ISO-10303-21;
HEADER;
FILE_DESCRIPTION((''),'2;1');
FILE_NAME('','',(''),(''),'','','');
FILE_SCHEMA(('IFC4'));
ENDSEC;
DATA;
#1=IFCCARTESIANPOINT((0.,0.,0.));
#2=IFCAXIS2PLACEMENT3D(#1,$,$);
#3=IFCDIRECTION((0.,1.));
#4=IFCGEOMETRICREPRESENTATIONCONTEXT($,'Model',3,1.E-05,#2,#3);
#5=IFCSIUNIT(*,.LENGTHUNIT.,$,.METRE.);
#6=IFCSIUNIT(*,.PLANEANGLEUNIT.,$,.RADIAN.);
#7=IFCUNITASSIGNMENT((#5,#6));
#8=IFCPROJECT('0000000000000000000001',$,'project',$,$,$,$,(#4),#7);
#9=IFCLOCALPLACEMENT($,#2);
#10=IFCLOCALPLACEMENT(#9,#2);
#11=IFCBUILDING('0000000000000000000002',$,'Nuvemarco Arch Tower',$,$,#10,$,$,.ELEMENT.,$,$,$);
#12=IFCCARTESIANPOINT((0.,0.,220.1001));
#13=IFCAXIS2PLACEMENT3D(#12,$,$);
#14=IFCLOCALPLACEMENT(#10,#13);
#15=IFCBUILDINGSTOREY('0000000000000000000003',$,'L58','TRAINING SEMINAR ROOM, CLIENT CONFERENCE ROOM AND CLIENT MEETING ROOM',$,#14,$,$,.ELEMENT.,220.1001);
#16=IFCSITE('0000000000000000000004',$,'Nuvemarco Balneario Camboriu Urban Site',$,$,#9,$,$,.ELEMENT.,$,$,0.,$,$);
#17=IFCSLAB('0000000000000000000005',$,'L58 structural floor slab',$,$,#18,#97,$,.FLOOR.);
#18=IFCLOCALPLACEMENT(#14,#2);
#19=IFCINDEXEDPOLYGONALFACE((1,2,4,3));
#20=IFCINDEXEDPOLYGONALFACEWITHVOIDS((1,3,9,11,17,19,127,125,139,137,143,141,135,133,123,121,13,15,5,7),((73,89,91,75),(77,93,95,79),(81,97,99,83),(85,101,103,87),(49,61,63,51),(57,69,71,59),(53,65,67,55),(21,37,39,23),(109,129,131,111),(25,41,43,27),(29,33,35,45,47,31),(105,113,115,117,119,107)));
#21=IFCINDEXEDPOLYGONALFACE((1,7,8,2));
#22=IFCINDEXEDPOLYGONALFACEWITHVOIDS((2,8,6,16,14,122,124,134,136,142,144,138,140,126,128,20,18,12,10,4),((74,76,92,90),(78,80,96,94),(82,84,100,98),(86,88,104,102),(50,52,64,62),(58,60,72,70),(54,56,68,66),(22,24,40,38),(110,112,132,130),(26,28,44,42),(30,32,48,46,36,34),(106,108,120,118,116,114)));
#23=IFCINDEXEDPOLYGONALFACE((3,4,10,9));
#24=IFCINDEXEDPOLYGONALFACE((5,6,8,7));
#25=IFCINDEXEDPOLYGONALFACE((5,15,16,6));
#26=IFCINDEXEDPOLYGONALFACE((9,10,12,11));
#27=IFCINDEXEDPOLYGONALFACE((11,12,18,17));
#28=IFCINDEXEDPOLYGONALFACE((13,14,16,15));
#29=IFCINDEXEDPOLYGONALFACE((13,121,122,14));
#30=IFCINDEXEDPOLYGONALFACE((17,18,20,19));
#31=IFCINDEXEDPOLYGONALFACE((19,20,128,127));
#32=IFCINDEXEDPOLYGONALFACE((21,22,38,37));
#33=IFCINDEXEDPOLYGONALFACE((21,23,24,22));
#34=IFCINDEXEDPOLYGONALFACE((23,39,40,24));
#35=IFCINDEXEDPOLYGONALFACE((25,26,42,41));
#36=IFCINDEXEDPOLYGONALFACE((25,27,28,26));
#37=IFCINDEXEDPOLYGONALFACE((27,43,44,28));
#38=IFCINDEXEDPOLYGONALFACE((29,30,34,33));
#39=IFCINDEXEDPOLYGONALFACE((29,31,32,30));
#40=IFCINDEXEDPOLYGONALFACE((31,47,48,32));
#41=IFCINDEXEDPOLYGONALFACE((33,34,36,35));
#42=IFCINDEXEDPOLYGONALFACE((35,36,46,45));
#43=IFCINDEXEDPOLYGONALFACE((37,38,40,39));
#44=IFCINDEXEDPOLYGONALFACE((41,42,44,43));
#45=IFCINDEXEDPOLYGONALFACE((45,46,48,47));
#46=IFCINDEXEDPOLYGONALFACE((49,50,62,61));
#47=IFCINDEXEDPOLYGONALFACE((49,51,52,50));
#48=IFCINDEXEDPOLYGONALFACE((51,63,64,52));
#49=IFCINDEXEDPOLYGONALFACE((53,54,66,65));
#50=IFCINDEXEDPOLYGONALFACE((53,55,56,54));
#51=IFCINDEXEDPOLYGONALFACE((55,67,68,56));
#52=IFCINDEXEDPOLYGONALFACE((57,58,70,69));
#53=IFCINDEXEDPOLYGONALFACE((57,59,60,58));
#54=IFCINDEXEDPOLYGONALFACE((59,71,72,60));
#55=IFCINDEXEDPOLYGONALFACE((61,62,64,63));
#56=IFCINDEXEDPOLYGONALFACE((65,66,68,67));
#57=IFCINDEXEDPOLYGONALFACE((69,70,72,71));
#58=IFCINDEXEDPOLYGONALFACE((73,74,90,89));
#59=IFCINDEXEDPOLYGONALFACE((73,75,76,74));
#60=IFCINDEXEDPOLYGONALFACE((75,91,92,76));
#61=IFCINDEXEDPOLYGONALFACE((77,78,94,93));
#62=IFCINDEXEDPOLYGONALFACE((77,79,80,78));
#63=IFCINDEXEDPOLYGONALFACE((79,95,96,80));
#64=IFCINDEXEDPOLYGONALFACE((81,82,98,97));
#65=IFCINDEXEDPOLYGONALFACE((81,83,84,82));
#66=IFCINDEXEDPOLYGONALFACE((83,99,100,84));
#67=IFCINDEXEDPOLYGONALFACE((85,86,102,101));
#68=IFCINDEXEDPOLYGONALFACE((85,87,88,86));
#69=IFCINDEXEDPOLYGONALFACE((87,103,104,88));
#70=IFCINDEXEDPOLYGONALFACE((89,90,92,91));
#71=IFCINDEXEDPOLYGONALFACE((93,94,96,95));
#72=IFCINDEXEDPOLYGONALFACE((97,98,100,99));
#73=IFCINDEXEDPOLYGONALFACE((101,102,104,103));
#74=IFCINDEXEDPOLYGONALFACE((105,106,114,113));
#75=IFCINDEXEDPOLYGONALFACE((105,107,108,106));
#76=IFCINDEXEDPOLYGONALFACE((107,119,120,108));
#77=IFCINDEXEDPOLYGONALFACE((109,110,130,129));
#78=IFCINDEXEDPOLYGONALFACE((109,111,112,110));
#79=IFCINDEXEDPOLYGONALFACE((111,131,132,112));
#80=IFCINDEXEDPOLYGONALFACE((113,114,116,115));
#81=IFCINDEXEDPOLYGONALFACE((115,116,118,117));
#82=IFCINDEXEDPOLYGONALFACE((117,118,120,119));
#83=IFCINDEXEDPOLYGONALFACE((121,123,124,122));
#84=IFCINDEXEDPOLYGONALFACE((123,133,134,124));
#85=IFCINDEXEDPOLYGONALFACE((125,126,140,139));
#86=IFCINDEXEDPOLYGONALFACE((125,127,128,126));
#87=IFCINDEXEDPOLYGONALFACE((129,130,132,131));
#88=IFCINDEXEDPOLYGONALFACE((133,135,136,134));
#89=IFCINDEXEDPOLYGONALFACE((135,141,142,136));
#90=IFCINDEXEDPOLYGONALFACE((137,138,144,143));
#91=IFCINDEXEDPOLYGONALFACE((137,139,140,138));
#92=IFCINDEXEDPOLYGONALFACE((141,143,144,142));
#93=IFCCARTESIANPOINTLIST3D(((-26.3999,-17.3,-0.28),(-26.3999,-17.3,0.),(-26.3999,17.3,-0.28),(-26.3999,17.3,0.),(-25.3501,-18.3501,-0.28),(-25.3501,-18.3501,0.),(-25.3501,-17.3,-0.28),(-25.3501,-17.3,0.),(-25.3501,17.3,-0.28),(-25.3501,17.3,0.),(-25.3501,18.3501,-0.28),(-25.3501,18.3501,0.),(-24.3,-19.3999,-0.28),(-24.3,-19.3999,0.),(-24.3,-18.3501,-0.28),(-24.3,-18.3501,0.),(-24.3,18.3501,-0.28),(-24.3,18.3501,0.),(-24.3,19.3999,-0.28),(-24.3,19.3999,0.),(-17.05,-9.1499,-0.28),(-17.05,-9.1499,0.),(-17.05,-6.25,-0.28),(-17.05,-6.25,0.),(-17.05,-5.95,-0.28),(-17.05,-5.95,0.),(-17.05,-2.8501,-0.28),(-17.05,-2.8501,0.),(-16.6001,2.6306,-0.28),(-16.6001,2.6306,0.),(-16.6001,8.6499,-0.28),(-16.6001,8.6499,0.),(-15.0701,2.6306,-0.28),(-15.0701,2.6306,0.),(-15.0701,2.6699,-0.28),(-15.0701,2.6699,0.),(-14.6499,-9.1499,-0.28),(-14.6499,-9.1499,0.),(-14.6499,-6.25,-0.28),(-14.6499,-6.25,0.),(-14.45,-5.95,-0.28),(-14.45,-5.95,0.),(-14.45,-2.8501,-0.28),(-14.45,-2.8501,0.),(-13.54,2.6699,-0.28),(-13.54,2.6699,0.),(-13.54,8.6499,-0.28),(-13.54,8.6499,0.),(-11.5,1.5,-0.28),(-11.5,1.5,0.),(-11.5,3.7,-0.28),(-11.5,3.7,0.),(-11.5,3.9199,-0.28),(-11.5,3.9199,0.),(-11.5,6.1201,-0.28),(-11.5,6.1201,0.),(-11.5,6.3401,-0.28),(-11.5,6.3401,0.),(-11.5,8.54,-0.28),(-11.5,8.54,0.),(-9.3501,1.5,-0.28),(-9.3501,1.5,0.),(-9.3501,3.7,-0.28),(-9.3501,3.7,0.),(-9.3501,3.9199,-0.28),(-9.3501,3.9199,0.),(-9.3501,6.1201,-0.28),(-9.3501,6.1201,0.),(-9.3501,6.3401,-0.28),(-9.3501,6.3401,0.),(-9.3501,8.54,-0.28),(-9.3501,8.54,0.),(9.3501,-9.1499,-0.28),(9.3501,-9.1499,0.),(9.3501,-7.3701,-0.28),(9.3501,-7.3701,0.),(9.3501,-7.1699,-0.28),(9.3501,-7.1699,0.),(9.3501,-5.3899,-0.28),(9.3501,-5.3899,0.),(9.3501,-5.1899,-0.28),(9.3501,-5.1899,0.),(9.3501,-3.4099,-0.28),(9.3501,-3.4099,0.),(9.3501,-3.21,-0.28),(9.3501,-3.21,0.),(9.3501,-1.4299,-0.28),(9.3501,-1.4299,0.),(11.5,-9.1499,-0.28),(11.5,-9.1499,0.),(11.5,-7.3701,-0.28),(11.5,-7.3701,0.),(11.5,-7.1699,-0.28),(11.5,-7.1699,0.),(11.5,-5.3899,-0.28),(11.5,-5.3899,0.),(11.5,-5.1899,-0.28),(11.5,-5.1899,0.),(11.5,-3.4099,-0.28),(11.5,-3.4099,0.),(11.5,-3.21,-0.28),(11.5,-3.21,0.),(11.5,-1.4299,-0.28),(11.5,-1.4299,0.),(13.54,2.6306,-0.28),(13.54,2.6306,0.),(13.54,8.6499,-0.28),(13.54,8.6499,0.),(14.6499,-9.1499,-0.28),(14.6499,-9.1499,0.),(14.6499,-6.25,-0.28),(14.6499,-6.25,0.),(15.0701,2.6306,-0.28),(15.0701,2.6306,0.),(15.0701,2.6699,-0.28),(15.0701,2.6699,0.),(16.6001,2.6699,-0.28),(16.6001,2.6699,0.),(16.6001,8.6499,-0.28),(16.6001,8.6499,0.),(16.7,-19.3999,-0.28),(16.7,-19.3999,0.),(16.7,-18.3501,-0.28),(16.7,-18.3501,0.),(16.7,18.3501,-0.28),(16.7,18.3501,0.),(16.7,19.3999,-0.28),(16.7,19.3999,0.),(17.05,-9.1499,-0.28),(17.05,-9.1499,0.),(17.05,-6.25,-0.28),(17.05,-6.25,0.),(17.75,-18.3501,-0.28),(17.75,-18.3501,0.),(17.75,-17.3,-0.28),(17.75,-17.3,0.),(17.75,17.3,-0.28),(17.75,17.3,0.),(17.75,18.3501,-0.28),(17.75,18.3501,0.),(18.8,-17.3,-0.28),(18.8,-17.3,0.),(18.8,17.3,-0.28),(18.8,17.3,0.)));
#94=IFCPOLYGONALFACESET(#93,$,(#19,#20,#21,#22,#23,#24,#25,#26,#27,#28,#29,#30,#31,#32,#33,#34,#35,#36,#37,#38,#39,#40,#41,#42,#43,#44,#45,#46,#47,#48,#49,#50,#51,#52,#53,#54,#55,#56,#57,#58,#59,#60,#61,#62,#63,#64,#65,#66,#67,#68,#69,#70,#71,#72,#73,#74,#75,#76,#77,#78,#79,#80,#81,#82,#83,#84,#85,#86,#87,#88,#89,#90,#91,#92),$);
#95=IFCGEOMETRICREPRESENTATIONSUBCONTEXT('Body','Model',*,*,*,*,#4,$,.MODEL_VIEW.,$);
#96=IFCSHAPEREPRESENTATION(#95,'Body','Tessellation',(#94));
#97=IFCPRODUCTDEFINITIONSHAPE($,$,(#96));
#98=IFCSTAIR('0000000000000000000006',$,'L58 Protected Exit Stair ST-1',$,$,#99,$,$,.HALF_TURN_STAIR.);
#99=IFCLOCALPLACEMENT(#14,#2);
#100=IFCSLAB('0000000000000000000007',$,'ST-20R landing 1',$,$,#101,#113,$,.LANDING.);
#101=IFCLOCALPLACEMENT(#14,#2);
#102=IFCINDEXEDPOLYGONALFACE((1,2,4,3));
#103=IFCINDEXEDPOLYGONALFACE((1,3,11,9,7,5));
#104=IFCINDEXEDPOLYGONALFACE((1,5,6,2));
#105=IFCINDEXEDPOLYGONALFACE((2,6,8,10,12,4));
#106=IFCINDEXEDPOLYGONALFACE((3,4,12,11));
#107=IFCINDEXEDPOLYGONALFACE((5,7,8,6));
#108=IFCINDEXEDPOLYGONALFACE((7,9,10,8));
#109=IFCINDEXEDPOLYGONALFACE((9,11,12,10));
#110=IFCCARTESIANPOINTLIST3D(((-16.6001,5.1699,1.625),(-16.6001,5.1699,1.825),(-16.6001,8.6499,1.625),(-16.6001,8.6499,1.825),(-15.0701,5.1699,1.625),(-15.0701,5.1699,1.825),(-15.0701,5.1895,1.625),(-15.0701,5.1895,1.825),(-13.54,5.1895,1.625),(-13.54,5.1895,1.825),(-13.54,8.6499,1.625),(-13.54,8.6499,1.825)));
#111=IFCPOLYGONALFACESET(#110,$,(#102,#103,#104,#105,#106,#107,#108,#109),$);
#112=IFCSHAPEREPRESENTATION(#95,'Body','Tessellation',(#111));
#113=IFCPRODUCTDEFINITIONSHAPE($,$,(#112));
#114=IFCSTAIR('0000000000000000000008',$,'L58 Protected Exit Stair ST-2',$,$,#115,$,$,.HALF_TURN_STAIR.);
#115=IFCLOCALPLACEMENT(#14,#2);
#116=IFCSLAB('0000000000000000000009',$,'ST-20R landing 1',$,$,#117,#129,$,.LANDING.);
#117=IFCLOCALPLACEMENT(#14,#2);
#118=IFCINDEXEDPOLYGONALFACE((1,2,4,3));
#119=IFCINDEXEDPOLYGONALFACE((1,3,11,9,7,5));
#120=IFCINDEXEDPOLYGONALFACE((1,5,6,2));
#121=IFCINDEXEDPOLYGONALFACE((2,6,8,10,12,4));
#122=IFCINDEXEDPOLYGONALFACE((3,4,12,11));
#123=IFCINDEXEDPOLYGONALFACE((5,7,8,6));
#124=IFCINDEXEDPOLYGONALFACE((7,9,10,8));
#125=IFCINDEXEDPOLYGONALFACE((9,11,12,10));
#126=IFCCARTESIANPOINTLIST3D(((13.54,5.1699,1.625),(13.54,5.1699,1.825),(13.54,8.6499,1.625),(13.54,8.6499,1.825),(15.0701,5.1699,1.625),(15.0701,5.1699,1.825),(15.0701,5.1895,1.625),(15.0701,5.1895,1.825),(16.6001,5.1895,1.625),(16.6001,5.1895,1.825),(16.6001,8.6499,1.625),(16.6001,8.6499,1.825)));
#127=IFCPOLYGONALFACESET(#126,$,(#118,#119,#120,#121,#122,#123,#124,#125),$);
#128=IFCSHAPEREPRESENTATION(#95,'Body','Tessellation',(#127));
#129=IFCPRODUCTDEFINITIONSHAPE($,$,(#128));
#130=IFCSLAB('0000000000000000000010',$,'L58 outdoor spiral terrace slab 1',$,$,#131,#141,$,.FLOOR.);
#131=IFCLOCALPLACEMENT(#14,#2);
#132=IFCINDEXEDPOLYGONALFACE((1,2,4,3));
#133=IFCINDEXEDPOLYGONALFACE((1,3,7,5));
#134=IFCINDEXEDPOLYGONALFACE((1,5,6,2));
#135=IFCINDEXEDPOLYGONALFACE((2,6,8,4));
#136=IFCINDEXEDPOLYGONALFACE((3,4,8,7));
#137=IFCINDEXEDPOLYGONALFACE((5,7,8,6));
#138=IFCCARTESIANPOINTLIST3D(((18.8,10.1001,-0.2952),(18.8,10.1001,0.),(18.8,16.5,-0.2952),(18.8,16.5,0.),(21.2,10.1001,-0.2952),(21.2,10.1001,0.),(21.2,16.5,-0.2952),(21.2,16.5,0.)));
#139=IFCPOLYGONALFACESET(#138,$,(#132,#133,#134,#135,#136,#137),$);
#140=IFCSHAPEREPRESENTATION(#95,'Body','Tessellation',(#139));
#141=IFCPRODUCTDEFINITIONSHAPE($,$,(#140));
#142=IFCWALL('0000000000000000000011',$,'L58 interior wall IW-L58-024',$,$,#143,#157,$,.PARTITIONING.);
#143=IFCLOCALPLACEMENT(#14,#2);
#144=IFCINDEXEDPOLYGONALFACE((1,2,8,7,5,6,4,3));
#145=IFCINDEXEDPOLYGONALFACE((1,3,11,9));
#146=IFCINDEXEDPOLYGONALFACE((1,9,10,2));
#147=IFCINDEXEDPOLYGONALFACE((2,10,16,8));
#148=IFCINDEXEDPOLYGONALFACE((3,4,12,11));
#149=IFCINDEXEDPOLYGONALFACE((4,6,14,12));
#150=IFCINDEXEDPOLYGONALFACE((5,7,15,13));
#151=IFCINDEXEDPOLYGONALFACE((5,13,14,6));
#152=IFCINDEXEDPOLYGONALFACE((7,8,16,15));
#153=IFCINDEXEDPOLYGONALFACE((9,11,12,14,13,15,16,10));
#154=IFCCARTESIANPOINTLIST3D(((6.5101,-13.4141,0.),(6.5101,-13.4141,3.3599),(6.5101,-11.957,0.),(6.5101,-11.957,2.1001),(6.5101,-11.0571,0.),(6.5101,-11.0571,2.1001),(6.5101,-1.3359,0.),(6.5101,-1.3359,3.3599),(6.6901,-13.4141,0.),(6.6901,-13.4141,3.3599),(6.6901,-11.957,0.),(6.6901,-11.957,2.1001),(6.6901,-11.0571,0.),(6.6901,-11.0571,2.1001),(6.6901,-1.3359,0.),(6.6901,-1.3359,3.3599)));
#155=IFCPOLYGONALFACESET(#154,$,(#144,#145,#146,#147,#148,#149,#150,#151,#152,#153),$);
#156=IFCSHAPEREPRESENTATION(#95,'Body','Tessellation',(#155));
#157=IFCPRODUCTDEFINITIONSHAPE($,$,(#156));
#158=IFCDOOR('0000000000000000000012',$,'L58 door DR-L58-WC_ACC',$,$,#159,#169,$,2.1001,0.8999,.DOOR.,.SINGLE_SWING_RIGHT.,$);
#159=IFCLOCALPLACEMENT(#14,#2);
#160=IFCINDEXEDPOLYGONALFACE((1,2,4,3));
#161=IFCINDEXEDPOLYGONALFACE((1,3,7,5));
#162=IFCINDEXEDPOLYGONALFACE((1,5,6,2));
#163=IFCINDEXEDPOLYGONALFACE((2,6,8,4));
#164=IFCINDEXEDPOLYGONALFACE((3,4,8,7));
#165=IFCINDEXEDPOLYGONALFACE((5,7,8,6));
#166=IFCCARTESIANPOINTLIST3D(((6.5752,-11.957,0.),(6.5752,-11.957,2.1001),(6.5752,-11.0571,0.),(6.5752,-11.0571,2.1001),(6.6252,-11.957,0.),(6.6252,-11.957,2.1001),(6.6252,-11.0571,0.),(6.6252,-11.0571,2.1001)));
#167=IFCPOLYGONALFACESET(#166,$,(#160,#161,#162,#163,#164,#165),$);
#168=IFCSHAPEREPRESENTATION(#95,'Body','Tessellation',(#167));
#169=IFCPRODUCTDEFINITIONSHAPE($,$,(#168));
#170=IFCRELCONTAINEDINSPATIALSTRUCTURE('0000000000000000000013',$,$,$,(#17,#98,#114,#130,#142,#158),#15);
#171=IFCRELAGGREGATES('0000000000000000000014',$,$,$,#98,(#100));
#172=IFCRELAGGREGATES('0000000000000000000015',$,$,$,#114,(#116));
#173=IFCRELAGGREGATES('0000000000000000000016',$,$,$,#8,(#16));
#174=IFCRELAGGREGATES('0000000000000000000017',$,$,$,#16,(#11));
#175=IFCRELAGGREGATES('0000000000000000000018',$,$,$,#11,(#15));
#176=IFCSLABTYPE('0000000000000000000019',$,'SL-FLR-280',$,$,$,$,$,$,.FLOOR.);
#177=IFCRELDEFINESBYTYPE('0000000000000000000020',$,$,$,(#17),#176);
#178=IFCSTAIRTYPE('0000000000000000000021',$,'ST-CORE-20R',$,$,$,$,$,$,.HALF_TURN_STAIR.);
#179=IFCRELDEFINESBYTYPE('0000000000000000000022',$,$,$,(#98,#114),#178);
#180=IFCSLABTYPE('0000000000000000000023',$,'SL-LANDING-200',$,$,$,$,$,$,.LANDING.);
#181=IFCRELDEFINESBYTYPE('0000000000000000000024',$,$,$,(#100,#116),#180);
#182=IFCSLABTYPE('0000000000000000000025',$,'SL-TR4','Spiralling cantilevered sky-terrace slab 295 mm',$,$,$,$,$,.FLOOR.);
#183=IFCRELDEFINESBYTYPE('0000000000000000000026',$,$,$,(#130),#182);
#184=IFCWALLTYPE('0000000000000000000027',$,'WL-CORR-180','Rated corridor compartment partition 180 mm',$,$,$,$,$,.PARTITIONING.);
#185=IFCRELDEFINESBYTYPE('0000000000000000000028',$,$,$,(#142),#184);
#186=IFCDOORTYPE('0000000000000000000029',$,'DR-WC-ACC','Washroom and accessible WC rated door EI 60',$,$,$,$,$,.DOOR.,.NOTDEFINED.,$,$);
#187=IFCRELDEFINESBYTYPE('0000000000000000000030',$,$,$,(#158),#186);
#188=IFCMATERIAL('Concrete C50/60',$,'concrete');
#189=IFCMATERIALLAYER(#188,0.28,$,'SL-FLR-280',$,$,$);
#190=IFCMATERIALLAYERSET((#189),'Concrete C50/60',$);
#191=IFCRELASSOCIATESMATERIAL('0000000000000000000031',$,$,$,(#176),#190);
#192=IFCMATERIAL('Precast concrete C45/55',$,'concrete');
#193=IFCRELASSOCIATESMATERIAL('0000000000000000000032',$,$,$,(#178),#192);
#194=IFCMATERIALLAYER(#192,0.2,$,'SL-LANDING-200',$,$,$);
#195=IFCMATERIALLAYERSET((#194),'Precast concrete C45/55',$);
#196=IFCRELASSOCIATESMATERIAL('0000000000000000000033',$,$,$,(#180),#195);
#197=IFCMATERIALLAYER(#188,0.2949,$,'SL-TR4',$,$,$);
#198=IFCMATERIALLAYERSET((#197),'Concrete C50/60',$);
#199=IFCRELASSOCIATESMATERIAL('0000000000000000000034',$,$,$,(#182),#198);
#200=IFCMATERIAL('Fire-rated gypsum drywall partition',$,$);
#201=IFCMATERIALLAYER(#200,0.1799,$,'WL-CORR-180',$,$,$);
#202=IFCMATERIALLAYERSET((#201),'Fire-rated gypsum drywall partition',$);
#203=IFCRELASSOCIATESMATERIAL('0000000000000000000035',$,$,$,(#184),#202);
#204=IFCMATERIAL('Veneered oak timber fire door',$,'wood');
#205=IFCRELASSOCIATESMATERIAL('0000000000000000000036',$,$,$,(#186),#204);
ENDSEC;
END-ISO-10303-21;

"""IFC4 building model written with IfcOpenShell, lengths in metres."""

from ifc_helpers import new_model, si_unit, direction, frame, frame_2d, origin, place, context, subcontext, project, spatial, polyline, rectangle, outline, extrude, source, transform, mapped, material, layer, layer_set, type_object, type_shapes, element, fill, aggregate, save


model = new_model("IFC4")

# Units and contexts
model_context = context("Model", 3, precision=1e-05, world=origin(), true_north=direction((0.0, 1.0)))
body_context = subcontext(model_context, "Body", "Model", "MODEL_VIEW")
ifc_project = project(units=[si_unit("LENGTHUNIT", "METRE"), si_unit("PLANEANGLEUNIT", "RADIAN")], contexts=[model_context])

# Site, building, storey
site_placement = place(None, origin())
site = spatial("IfcSite", under=ifc_project, at=site_placement, Name="Nuvemarco Balneario Camboriu Urban Site", CompositionType="ELEMENT", RefElevation=0.0)
building_placement = place(site_placement, origin())
building = spatial("IfcBuilding", under=site, at=building_placement, Name="Nuvemarco Arch Tower", CompositionType="ELEMENT")
storey_placement = place(building_placement, frame((0.0, 0.0, 220.1001)))
storey = spatial("IfcBuildingStorey", under=building, at=storey_placement, Name="L58", Description="TRAINING SEMINAR ROOM, CLIENT CONFERENCE ROOM AND CLIENT MEETING ROOM", CompositionType="ELEMENT", Elevation=220.1001)

# Shared definitions
ifc_material_1 = material(Name="Precast concrete C45/55", Category="concrete")

# Slab
ifc_material_2 = material(Name="Concrete C50/60", Category="concrete")
ifc_layer_1 = layer(ifc_material_2, 0.28, Name="SL-FLR-280")
ifc_layer_set_1 = layer_set([ifc_layer_1], Name="Concrete C50/60")
slab_type_1 = type_object("IfcSlabType", Name="SL-FLR-280", PredefinedType="FLOOR", material=ifc_layer_set_1)
slab_1_placement = place(storey_placement, frame((0.0, 0.0, -0.28)))
element("IfcSlab", 1, at=slab_1_placement, inside=storey, type_object=slab_type_1, Name="L58 structural floor slab", PredefinedType="FLOOR", context=body_context, shape_type="SweptSolid", body=[
    extrude(outline(polyline([(-24.3, -19.3999), (16.7, -19.3999), (16.7, -18.3501), (17.75, -18.3501), (17.75, -17.3), (18.8, -17.3), (18.8, 17.3), (17.75, 17.3), (17.75, 18.3501), (16.7, 18.3501), (16.7, 19.3999), (-24.3, 19.3999), (-24.3, 18.3501), (-25.3501, 18.3501), (-25.3501, 17.3), (-26.3999, 17.3), (-26.3999, -17.3), (-25.3501, -17.3), (-25.3501, -18.3501), (-24.3, -18.3501), (-24.3, -19.3999)]), holes=[polyline([(-13.54, 2.6699), (-13.54, 8.6499), (-16.6001, 8.6499), (-16.6001, 2.6306), (-15.0701, 2.6306), (-15.0701, 2.6699), (-13.54, 2.6699)]), polyline([(16.6001, 2.6699), (16.6001, 8.6499), (13.54, 8.6499), (13.54, 2.6306), (15.0701, 2.6306), (15.0701, 2.6699), (16.6001, 2.6699)]), polyline([(-17.05, -9.1499), (-14.6499, -9.1499), (-14.6499, -6.25), (-17.05, -6.25), (-17.05, -9.1499)]), polyline([(-17.05, -5.95), (-14.45, -5.95), (-14.45, -2.8501), (-17.05, -2.8501), (-17.05, -5.95)]), polyline([(-11.5, 1.5), (-9.3501, 1.5), (-9.3501, 3.7), (-11.5, 3.7), (-11.5, 1.5)]), polyline([(-11.5, 3.9199), (-9.3501, 3.9199), (-9.3501, 6.1201), (-11.5, 6.1201), (-11.5, 3.9199)]), polyline([(-11.5, 6.3401), (-9.3501, 6.3401), (-9.3501, 8.54), (-11.5, 8.54), (-11.5, 6.3401)]), polyline([(14.6499, -9.1499), (17.05, -9.1499), (17.05, -6.25), (14.6499, -6.25), (14.6499, -9.1499)]), polyline([(9.3501, -9.1499), (11.5, -9.1499), (11.5, -7.3701), (9.3501, -7.3701), (9.3501, -9.1499)]), polyline([(9.3501, -7.1699), (11.5, -7.1699), (11.5, -5.3899), (9.3501, -5.3899), (9.3501, -7.1699)]), polyline([(9.3501, -5.1899), (11.5, -5.1899), (11.5, -3.4099), (9.3501, -3.4099), (9.3501, -5.1899)]), polyline([(9.3501, -3.21), (11.5, -3.21), (11.5, -1.4299), (9.3501, -1.4299), (9.3501, -3.21)])]), origin(), (0.0, 0.0, 1.0), 0.28),
])

# Stairs, slabs
stair_type = type_object("IfcStairType", Name="ST-CORE-20R", PredefinedType="HALF_TURN_STAIR", material=ifc_material_1)
stair_1_placement = place(storey_placement, origin())
stair_1 = element("IfcStair", 2, at=stair_1_placement, inside=storey, type_object=stair_type, Name="L58 Protected Exit Stair ST-1", PredefinedType="HALF_TURN_STAIR")
ifc_layer_2 = layer(ifc_material_1, 0.2, Name="SL-LANDING-200")
ifc_layer_set_2 = layer_set([ifc_layer_2], Name="Precast concrete C45/55")
slab_type_2 = type_object("IfcSlabType", Name="SL-LANDING-200", PredefinedType="LANDING", material=ifc_layer_set_2)
slab_2_placement = place(storey_placement, frame((0.0, 0.0, 1.625)))
slab_2 = element("IfcSlab", 3, at=slab_2_placement, type_object=slab_type_2, Name="ST-20R landing 1", PredefinedType="LANDING", context=body_context, shape_type="SweptSolid", body=[
    extrude(outline(polyline([(-13.54, 5.1895), (-13.54, 8.6499), (-16.6001, 8.6499), (-16.6001, 5.1699), (-15.0701, 5.1699), (-15.0701, 5.1895), (-13.54, 5.1895)])), origin(), (0.0, 0.0, 1.0), 0.2),
])
aggregate(stair_1, [slab_2])
stair_2_placement = place(storey_placement, origin())
stair_2 = element("IfcStair", 4, at=stair_2_placement, inside=storey, type_object=stair_type, Name="L58 Protected Exit Stair ST-2", PredefinedType="HALF_TURN_STAIR")
slab_3_placement = place(storey_placement, frame((0.0, 0.0, 1.625)))
slab_3 = element("IfcSlab", 5, at=slab_3_placement, type_object=slab_type_2, Name="ST-20R landing 1", PredefinedType="LANDING", context=body_context, shape_type="SweptSolid", body=[
    extrude(outline(polyline([(16.6001, 5.1895), (16.6001, 8.6499), (13.54, 8.6499), (13.54, 5.1699), (15.0701, 5.1699), (15.0701, 5.1895), (16.6001, 5.1895)])), origin(), (0.0, 0.0, 1.0), 0.2),
])
aggregate(stair_2, [slab_3])

# Slab
ifc_layer_3 = layer(ifc_material_2, 0.2949, Name="SL-TR4")
ifc_layer_set_3 = layer_set([ifc_layer_3], Name="Concrete C50/60")
slab_type_3 = type_object("IfcSlabType", Name="SL-TR4", Description="Spiralling cantilevered sky-terrace slab 295 mm", PredefinedType="FLOOR", material=ifc_layer_set_3)
slab_4_placement = place(storey_placement, frame((0.0, 0.0, -0.2952)))
element("IfcSlab", 6, at=slab_4_placement, inside=storey, type_object=slab_type_3, Name="L58 outdoor spiral terrace slab 1", PredefinedType="FLOOR", context=body_context, shape_type="SweptSolid", body=[
    extrude(outline(polyline([(18.8, 10.1001), (21.2, 10.1001), (21.2, 16.5), (18.8, 16.5), (18.8, 10.1001)])), origin(), (0.0, 0.0, 1.0), 0.2952),
])

# Wall, opening, door
ifc_material_3 = material(Name="Fire-rated gypsum drywall partition")
ifc_layer_4 = layer(ifc_material_3, 0.1799, Name="WL-CORR-180")
ifc_layer_set_4 = layer_set([ifc_layer_4], Name="Fire-rated gypsum drywall partition")
wall_type_1 = type_object("IfcWallType", Name="WL-CORR-180", Description="Rated corridor compartment partition 180 mm", PredefinedType="PARTITIONING", material=ifc_layer_set_4)
wall_1_placement = place(storey_placement, frame((6.6001, -13.4141, 0.0), z_axis=(0.0, 0.0, 1.0), x_axis=(0.0, 1.0, 0.0)))
wall_1 = element("IfcWall", 7, at=wall_1_placement, inside=storey, type_object=wall_type_1, Name="L58 interior wall IW-L58-024", PredefinedType="PARTITIONING", context=body_context, shape_type="SweptSolid", body=[
    extrude(rectangle(XDim=12.0781, YDim=0.1799, at=frame_2d((6.0391, 0.0))), origin(), (0.0, 0.0, 1.0), 3.3599),
])
opening_placement = place(wall_1_placement, frame((1.457, 0.0, 0.0)))
opening = element("IfcOpeningElement", 8, at=opening_placement, cuts=wall_1, PredefinedType="OPENING", context=body_context, shape_type="SweptSolid", body=[
    extrude(rectangle(XDim=0.8999, YDim=2.1001, at=frame_2d((0.45, 1.05))), frame((0.0, 0.0999, 0.0), z_axis=(0.0, -1.0, 0.0), x_axis=(1.0, 0.0, 0.0)), (0.0, 0.0, 1.0), 0.2),
])
ifc_material_4 = material(Name="Veneered oak timber fire door", Category="wood")
door_type = type_object("IfcDoorType", Name="DR-WC-ACC", Description="Washroom and accessible WC rated door EI 60", OperationType="NOTDEFINED", PredefinedType="DOOR", material=ifc_material_4)
shared_shape_1 = source(origin(), body_context, "Body", "SweptSolid", [
    extrude(rectangle(XDim=0.8999, YDim=2.1001, at=frame_2d((0.45, 1.05))), frame((0.0, 0.0249, 0.0), z_axis=(0.0, -1.0, 0.0), x_axis=(1.0, 0.0, 0.0)), (0.0, 0.0, 1.0), 0.05),
])
type_shapes(door_type, [shared_shape_1])
door_placement = place(opening_placement, origin())
door = element("IfcDoor", 9, at=door_placement, inside=storey, type_object=door_type, Name="L58 door DR-L58-WC_ACC", OperationType="SINGLE_SWING_RIGHT", OverallHeight=2.1001, OverallWidth=0.8999, PredefinedType="DOOR", context=body_context, shape_type="MappedRepresentation", body=[
    mapped(shared_shape_1, transform((0.0, 0.0, 0.0), scale=1.0)),
])
fill(opening, door)

save(model, "model.ifc")
